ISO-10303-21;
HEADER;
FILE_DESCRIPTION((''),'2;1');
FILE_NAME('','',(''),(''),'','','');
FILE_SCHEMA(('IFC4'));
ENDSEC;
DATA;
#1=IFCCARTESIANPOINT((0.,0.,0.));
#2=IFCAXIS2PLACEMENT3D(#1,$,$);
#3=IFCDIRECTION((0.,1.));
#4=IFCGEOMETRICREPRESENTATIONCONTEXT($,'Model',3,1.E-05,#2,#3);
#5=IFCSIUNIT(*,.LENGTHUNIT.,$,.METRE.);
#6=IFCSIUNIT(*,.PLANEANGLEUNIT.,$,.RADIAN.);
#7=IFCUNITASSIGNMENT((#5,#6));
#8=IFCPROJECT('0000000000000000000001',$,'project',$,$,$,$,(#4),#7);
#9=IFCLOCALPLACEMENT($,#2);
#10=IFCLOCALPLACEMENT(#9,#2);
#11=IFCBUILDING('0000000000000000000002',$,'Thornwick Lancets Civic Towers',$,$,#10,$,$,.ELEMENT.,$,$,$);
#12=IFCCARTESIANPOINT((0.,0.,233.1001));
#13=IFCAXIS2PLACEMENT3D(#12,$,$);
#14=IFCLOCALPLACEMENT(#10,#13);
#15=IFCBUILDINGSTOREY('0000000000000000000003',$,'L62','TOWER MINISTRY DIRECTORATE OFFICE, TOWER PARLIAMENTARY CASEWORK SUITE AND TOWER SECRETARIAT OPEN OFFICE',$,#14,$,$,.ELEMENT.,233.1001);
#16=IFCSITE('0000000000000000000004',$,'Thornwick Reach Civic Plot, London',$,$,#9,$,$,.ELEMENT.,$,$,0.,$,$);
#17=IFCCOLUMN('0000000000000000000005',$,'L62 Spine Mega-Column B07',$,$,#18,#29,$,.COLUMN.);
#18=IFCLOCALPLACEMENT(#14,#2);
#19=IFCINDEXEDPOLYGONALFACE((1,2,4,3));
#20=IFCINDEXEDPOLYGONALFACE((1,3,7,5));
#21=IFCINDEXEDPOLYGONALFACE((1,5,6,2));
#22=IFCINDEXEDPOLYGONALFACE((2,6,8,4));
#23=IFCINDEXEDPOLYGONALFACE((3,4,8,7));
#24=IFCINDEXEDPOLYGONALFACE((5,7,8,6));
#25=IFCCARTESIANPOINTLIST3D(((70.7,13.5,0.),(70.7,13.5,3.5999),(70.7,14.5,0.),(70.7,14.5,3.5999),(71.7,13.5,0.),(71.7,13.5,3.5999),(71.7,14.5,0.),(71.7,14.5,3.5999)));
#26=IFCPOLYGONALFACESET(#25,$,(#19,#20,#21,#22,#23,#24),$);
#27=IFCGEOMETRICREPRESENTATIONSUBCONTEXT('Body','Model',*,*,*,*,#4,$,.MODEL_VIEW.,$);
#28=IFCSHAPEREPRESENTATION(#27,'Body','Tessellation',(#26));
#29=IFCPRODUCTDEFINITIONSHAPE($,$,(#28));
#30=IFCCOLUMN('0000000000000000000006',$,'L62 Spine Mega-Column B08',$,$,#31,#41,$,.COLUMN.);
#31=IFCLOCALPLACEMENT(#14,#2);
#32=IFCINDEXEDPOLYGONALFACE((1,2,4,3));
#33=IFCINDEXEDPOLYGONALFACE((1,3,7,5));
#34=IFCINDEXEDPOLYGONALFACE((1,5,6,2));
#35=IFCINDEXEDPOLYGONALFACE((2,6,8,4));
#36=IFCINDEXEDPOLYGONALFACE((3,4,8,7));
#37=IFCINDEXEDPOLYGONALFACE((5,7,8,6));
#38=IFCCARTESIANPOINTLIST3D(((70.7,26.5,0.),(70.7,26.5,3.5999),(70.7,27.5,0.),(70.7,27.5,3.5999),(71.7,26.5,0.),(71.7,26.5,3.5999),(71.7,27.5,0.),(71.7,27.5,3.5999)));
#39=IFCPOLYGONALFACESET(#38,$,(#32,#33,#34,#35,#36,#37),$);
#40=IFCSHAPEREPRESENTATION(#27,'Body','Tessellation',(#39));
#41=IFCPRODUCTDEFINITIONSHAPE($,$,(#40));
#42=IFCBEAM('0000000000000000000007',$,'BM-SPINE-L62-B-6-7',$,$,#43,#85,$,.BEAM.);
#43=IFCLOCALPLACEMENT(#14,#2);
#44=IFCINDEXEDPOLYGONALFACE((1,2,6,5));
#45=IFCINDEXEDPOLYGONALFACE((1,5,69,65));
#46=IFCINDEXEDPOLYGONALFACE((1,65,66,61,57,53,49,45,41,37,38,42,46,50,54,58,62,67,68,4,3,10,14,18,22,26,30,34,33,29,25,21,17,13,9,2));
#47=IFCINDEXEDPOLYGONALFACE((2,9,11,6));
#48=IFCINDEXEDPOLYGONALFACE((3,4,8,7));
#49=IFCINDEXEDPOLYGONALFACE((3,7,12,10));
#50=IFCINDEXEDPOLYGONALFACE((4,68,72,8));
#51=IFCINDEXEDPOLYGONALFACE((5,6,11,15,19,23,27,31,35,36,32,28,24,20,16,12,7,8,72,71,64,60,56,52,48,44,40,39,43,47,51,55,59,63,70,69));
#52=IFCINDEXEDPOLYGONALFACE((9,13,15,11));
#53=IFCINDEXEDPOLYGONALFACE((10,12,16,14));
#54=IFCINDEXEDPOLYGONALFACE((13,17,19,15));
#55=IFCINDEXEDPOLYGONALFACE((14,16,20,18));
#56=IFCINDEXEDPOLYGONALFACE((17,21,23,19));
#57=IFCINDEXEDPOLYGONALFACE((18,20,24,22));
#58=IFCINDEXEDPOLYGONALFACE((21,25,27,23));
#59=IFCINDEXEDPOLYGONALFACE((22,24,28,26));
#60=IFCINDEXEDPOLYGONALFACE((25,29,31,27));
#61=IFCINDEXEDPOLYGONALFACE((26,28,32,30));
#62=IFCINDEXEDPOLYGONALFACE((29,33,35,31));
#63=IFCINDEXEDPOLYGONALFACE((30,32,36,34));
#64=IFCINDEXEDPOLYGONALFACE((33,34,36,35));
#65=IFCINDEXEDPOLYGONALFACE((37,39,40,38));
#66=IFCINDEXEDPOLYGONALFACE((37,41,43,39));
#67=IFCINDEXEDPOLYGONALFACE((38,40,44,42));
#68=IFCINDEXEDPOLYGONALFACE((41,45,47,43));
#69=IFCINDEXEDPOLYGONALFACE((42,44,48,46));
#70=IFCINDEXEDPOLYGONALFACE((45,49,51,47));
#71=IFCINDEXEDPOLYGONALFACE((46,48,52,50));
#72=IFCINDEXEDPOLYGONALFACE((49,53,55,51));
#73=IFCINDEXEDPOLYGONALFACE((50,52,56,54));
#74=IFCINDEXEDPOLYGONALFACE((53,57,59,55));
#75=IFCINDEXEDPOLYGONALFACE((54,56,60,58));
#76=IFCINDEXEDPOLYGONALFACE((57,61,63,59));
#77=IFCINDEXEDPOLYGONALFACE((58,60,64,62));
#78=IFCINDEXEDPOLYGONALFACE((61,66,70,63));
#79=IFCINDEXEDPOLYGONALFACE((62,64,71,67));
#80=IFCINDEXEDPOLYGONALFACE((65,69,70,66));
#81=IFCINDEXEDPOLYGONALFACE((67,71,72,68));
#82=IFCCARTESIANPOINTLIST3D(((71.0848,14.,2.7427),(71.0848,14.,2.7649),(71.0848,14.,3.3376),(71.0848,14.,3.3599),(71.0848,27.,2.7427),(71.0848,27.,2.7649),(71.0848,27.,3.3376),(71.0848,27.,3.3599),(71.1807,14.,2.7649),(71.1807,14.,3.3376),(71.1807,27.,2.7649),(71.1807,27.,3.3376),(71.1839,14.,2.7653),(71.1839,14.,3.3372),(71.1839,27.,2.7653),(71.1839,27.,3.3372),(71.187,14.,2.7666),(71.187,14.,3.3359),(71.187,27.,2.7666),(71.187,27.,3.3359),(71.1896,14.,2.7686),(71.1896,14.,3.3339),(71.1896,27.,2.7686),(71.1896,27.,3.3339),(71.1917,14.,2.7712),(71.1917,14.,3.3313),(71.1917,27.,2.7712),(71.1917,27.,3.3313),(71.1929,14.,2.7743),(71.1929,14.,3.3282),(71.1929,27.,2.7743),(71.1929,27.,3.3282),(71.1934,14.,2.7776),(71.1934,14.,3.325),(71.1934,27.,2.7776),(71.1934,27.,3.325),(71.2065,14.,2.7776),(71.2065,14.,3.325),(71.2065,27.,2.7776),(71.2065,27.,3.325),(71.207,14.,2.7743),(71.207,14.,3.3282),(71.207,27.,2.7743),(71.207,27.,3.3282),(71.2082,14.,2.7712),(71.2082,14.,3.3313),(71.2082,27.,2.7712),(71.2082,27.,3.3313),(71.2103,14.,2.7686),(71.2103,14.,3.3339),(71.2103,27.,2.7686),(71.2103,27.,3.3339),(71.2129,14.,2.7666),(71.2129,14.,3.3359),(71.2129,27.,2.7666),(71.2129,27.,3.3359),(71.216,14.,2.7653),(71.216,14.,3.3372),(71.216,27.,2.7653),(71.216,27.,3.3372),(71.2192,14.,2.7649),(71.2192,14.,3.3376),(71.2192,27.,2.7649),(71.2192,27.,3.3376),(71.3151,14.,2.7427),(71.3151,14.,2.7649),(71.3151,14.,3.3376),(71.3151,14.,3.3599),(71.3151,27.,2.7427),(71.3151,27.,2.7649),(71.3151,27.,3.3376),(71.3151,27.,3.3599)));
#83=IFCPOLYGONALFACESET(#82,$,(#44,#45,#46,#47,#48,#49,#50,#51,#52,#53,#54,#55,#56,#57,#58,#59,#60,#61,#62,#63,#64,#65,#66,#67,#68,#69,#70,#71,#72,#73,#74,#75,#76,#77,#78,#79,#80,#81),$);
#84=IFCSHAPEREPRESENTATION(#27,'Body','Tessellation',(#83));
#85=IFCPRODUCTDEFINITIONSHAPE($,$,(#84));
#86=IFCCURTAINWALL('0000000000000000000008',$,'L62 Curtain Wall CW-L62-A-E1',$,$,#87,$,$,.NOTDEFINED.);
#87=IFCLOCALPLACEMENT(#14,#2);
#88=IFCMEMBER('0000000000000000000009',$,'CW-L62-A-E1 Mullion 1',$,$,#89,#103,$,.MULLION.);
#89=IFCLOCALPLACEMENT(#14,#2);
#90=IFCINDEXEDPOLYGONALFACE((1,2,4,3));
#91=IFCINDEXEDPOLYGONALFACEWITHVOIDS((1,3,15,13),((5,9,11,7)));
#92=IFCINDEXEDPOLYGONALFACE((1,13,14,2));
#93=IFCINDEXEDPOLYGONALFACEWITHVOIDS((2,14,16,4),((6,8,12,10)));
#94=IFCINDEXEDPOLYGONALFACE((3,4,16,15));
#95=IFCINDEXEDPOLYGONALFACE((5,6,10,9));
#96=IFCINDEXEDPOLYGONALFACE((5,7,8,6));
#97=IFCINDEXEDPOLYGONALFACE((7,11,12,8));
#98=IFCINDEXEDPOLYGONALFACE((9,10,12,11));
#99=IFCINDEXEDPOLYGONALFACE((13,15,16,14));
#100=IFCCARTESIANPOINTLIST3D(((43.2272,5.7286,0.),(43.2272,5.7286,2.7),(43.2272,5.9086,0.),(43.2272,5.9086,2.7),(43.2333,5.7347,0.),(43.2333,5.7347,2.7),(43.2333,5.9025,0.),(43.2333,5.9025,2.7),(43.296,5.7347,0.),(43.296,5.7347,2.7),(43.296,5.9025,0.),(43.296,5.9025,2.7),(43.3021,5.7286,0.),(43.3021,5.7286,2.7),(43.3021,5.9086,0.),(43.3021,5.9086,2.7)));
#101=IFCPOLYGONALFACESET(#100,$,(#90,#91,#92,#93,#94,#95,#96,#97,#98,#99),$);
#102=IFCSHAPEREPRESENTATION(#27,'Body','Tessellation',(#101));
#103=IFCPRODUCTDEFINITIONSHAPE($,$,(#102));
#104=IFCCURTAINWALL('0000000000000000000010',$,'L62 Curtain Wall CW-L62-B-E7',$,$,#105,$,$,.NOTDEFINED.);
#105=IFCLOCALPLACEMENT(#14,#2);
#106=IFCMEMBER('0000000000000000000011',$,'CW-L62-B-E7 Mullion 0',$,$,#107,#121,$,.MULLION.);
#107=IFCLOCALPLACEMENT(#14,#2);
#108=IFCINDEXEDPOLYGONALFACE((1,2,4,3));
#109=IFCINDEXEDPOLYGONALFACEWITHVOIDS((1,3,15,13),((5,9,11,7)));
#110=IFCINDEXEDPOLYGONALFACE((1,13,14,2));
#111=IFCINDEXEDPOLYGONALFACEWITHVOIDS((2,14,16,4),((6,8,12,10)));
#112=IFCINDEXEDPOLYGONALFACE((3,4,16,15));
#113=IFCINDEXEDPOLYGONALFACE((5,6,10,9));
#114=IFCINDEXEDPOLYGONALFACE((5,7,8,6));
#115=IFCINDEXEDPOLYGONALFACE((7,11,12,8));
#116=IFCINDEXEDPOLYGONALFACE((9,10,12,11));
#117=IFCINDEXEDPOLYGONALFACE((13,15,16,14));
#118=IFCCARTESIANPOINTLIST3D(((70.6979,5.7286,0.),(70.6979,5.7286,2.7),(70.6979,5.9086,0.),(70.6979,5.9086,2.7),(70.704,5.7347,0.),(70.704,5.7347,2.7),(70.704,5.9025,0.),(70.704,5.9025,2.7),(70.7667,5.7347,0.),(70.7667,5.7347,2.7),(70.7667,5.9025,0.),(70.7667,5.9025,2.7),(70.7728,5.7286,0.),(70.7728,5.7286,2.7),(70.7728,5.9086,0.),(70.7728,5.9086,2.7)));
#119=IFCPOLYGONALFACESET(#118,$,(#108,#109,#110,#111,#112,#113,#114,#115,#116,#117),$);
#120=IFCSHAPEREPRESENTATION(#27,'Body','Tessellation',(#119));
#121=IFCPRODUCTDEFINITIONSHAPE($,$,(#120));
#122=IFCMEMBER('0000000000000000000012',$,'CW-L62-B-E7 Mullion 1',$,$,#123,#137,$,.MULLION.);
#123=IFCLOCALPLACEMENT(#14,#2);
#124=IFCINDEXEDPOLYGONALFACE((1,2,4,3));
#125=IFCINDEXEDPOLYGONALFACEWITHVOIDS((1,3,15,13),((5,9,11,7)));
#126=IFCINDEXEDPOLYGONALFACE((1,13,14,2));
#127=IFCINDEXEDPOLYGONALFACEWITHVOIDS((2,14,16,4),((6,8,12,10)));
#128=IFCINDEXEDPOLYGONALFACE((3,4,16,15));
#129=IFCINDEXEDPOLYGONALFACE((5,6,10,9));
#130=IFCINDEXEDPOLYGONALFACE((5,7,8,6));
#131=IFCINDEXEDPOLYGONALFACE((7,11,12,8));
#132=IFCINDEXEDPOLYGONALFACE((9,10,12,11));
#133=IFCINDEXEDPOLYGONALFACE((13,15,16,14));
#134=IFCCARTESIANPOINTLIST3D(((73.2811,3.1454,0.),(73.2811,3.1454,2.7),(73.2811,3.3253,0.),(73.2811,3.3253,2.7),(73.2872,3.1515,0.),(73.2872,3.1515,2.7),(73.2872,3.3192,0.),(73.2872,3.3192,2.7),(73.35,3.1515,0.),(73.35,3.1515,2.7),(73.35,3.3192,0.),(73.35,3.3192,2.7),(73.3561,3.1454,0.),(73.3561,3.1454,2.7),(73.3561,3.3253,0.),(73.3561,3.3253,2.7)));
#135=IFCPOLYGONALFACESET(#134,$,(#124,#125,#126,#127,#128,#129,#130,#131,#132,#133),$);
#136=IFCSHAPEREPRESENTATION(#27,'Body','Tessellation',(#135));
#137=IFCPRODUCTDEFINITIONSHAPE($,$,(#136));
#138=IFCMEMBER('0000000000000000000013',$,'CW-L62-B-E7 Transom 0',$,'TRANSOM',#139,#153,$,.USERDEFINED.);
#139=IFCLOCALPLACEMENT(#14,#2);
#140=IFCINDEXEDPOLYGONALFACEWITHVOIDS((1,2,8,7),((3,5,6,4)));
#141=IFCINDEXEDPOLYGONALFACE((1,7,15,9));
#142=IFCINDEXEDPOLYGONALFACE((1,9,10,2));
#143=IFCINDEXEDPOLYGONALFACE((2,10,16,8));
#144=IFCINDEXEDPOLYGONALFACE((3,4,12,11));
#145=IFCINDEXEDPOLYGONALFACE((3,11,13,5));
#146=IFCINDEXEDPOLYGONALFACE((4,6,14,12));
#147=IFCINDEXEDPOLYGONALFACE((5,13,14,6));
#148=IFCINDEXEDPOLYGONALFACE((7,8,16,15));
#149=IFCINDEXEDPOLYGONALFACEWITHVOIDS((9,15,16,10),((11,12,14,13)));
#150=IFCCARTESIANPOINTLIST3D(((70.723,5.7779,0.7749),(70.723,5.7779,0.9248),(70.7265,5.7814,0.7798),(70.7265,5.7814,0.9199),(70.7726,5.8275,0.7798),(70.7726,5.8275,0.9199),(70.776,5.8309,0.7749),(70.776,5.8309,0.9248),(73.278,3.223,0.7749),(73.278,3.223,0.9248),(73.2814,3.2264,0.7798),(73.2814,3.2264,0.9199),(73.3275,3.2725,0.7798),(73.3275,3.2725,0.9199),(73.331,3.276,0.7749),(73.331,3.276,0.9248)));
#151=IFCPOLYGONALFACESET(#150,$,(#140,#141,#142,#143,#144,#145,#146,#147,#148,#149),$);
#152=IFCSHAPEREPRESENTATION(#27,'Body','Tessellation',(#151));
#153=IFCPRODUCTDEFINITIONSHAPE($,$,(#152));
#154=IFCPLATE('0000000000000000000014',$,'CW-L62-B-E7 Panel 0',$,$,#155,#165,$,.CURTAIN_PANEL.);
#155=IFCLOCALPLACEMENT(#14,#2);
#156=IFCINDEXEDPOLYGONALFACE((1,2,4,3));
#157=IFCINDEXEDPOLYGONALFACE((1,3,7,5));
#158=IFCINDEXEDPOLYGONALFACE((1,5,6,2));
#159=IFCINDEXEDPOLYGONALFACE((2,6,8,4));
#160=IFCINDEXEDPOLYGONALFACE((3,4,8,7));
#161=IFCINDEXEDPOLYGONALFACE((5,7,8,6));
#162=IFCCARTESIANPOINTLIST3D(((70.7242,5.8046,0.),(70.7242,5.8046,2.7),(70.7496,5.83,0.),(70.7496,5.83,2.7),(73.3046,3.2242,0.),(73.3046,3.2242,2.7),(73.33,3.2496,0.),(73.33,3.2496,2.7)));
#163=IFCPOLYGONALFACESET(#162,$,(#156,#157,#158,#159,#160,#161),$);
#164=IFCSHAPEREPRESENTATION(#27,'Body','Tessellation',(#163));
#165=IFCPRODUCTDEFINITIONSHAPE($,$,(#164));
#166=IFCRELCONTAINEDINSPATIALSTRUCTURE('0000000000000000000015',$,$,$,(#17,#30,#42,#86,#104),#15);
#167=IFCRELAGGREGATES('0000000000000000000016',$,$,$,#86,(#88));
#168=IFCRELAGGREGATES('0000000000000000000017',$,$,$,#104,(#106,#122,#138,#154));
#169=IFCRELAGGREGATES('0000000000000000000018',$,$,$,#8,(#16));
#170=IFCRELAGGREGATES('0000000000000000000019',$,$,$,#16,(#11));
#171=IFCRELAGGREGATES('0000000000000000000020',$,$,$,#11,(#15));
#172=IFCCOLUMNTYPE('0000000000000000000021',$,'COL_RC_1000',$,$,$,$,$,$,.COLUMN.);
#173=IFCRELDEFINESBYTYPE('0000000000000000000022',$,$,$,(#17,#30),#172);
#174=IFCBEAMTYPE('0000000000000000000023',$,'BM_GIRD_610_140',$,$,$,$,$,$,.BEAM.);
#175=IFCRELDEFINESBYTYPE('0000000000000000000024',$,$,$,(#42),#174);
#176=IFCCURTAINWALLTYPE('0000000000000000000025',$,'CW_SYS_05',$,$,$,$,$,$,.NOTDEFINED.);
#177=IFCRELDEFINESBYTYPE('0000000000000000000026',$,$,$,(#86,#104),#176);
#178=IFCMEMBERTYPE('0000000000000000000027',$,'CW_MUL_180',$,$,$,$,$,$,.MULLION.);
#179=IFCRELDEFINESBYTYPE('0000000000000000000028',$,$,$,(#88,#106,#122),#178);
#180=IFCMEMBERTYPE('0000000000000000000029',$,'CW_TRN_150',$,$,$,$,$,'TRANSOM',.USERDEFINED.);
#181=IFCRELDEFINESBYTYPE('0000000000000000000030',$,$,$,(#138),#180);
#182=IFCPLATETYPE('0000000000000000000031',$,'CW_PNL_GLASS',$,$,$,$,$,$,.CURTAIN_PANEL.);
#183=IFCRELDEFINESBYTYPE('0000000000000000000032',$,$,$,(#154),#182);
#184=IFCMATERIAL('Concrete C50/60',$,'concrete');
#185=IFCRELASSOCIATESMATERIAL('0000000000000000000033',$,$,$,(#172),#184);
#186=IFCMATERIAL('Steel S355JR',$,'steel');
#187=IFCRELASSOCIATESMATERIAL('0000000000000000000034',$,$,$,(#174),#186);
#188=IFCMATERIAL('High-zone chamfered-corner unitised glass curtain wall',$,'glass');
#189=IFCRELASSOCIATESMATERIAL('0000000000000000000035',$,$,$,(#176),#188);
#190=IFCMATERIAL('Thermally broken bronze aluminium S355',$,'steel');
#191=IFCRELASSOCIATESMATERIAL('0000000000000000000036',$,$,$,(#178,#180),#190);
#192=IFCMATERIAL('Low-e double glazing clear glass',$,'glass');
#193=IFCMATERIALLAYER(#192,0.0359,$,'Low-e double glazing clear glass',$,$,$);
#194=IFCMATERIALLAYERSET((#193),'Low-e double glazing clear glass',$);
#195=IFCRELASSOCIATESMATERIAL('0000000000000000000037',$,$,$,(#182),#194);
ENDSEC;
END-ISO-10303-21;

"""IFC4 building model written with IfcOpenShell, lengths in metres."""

from ifc_helpers import new_model, si_unit, direction, frame, origin, origin_2d, place, context, subcontext, project, spatial, rectangle, hollow_rectangle, i_section, extrude, material, layer, layer_set, material_profile, profile_set, type_object, element, aggregate, save


model = new_model("IFC4")

# Units and contexts
model_context = context("Model", 3, precision=1e-05, world=origin(), true_north=direction((0.0, 1.0)))
body_context = subcontext(model_context, "Body", "Model", "MODEL_VIEW")
ifc_project = project(units=[si_unit("LENGTHUNIT", "METRE"), si_unit("PLANEANGLEUNIT", "RADIAN")], contexts=[model_context])

# Site, building, storey
site_placement = place(None, origin())
site = spatial("IfcSite", under=ifc_project, at=site_placement, Name="Thornwick Reach Civic Plot, London", CompositionType="ELEMENT", RefElevation=0.0)
building_placement = place(site_placement, origin())
building = spatial("IfcBuilding", under=site, at=building_placement, Name="Thornwick Lancets Civic Towers", CompositionType="ELEMENT")
storey_placement = place(building_placement, frame((0.0, 0.0, 233.1001)))
storey = spatial("IfcBuildingStorey", under=building, at=storey_placement, Name="L62", Description="TOWER MINISTRY DIRECTORATE OFFICE, TOWER PARLIAMENTARY CASEWORK SUITE AND TOWER SECRETARIAT OPEN OFFICE", CompositionType="ELEMENT", Elevation=233.1001)

# Columns
ifc_material_1 = material(Name="Concrete C50/60", Category="concrete")
ifc_material_profile_1 = material_profile(ifc_material_1, rectangle(XDim=1.0, YDim=1.0, at=origin_2d()), Name="RC 1000x1000")
ifc_profile_set_1 = profile_set([ifc_material_profile_1], Name="Concrete C50/60")
column_type = type_object("IfcColumnType", Name="COL_RC_1000", PredefinedType="COLUMN", material=ifc_profile_set_1)
for number, where, z_axis, x_axis, name in (
    (1, (71.2, 14.0, 0.0), (0.0, 0.0, 1.0), (1.0, 0.0, 0.0), "L62 Spine Mega-Column B07"),
    (2, (71.2, 27.0, 0.0), (0.0, 0.0, 1.0), (1.0, 0.0, 0.0), "L62 Spine Mega-Column B08"),
):
    element("IfcColumn", number, at=place(storey_placement, frame(where, z_axis=z_axis, x_axis=x_axis)), inside=storey, type_object=column_type, Name=name, PredefinedType="COLUMN", context=body_context, shape_type="SweptSolid", body=[
        extrude(rectangle(XDim=1.0, YDim=1.0, at=origin_2d()), origin(), (0.0, 0.0, 1.0), 3.5999),
    ])

# Beam
ifc_material_2 = material(Name="Steel S355JR", Category="steel")
ifc_material_profile_2 = material_profile(ifc_material_2, i_section(OverallWidth=0.2302, OverallDepth=0.6172, WebThickness=0.0132, FlangeThickness=0.0222, FilletRadius=0.0127, at=origin_2d()), Name="UKB 610x229x140")
ifc_profile_set_2 = profile_set([ifc_material_profile_2], Name="Steel S355JR")
beam_type = type_object("IfcBeamType", Name="BM_GIRD_610_140", PredefinedType="BEAM", material=ifc_profile_set_2)
beam_placement = place(storey_placement, frame((71.2, 14.0, 3.0513), z_axis=(0.0, 1.0, 0.0), x_axis=(-1.0, 0.0, 0.0)))
element("IfcBeam", 3, at=beam_placement, inside=storey, type_object=beam_type, Name="BM-SPINE-L62-B-6-7", PredefinedType="BEAM", context=body_context, shape_type="SweptSolid", body=[
    extrude(i_section(OverallWidth=0.2302, OverallDepth=0.6172, WebThickness=0.0132, FlangeThickness=0.0222, FilletRadius=0.0127, at=origin_2d()), origin(), (0.0, 0.0, 1.0), 13.0),
])

# Curtain wall, member
ifc_material_3 = material(Name="High-zone chamfered-corner unitised glass curtain wall", Category="glass")
curtain_wall_type = type_object("IfcCurtainWallType", Name="CW_SYS_05", PredefinedType="NOTDEFINED", material=ifc_material_3)
curtain_wall_1_placement = place(storey_placement, origin())
curtain_wall_1 = element("IfcCurtainWall", 4, at=curtain_wall_1_placement, inside=storey, type_object=curtain_wall_type, Name="L62 Curtain Wall CW-L62-A-E1", PredefinedType="NOTDEFINED")
ifc_material_4 = material(Name="Thermally broken bronze aluminium S355", Category="steel")
ifc_material_profile_3 = material_profile(ifc_material_4, hollow_rectangle(XDim=0.075, YDim=0.1799, WallThickness=0.0061, at=origin_2d()), Name="RHS 180x75x6")
ifc_profile_set_3 = profile_set([ifc_material_profile_3], Name="Thermally broken bronze aluminium S355")
member_type_1 = type_object("IfcMemberType", Name="CW_MUL_180", PredefinedType="MULLION", material=ifc_profile_set_3)
member_1_placement = place(storey_placement, frame((43.2646, 5.8186, 0.0), z_axis=(0.0, 0.0, 1.0), x_axis=(1.0, 0.0, 0.0)))
member_1 = element("IfcMember", 5, at=member_1_placement, type_object=member_type_1, Name="CW-L62-A-E1 Mullion 1", PredefinedType="MULLION", context=body_context, shape_type="SweptSolid", body=[
    extrude(hollow_rectangle(XDim=0.075, YDim=0.1799, WallThickness=0.0061, at=origin_2d()), origin(), (0.0, 0.0, 1.0), 2.7),
])
aggregate(curtain_wall_1, [member_1])

# Curtain wall, members, plate
curtain_wall_2_placement = place(storey_placement, origin())
curtain_wall_2 = element("IfcCurtainWall", 6, at=curtain_wall_2_placement, inside=storey, type_object=curtain_wall_type, Name="L62 Curtain Wall CW-L62-B-E7", PredefinedType="NOTDEFINED")
member_2_placement = place(storey_placement, frame((70.7354, 5.8186, 0.0), z_axis=(0.0, 0.0, 1.0), x_axis=(1.0, 0.0, 0.0)))
member_2 = element("IfcMember", 7, at=member_2_placement, type_object=member_type_1, Name="CW-L62-B-E7 Mullion 0", PredefinedType="MULLION", context=body_context, shape_type="SweptSolid", body=[
    extrude(hollow_rectangle(XDim=0.075, YDim=0.1799, WallThickness=0.0061, at=origin_2d()), origin(), (0.0, 0.0, 1.0), 2.7),
])
member_3_placement = place(storey_placement, frame((73.3186, 3.2354, 0.0), z_axis=(0.0, 0.0, 1.0), x_axis=(1.0, 0.0, 0.0)))
member_3 = element("IfcMember", 8, at=member_3_placement, type_object=member_type_1, Name="CW-L62-B-E7 Mullion 1", PredefinedType="MULLION", context=body_context, shape_type="SweptSolid", body=[
    extrude(hollow_rectangle(XDim=0.075, YDim=0.1799, WallThickness=0.0061, at=origin_2d()), origin(), (0.0, 0.0, 1.0), 2.7),
])
ifc_material_profile_4 = material_profile(ifc_material_4, hollow_rectangle(XDim=0.075, YDim=0.1499, WallThickness=0.0049, at=origin_2d()), Name="RHS 150x75x5")
ifc_profile_set_4 = profile_set([ifc_material_profile_4], Name="Thermally broken bronze aluminium S355")
member_type_2 = type_object("IfcMemberType", Name="CW_TRN_150", ElementType="TRANSOM", PredefinedType="USERDEFINED", material=ifc_profile_set_4)
member_4_placement = place(storey_placement, frame((70.7495, 5.8044, 0.8499), z_axis=(0.707107, -0.707107, 0.0), x_axis=(0.707107, 0.707107, 0.0)))
member_4 = element("IfcMember", 9, at=member_4_placement, type_object=member_type_2, Name="CW-L62-B-E7 Transom 0", ObjectType="TRANSOM", PredefinedType="USERDEFINED", context=body_context, shape_type="SweptSolid", body=[
    extrude(hollow_rectangle(XDim=0.075, YDim=0.1499, WallThickness=0.0049, at=origin_2d()), origin(), (0.0, 0.0, 1.0), 3.6133),
])
ifc_material_5 = material(Name="Low-e double glazing clear glass", Category="glass")
ifc_layer_1 = layer(ifc_material_5, 0.0359, Name="Low-e double glazing clear glass")
ifc_layer_set_1 = layer_set([ifc_layer_1], Name="Low-e double glazing clear glass")
plate_type = type_object("IfcPlateType", Name="CW_PNL_GLASS", PredefinedType="CURTAIN_PANEL", material=ifc_layer_set_1)
plate_placement = place(storey_placement, frame((72.0271, 4.5271, 0.0), z_axis=(0.0, 0.0, 1.0), x_axis=(0.707107, -0.707107, 0.0)))
plate = element("IfcPlate", 10, at=plate_placement, type_object=plate_type, Name="CW-L62-B-E7 Panel 0", PredefinedType="CURTAIN_PANEL", context=body_context, shape_type="SweptSolid", body=[
    extrude(rectangle(XDim=3.6492, YDim=0.0359, at=origin_2d()), origin(), (0.0, 0.0, 1.0), 2.7),
])
aggregate(curtain_wall_2, [member_2, member_3, member_4, plate])

save(model, "model.ifc")
